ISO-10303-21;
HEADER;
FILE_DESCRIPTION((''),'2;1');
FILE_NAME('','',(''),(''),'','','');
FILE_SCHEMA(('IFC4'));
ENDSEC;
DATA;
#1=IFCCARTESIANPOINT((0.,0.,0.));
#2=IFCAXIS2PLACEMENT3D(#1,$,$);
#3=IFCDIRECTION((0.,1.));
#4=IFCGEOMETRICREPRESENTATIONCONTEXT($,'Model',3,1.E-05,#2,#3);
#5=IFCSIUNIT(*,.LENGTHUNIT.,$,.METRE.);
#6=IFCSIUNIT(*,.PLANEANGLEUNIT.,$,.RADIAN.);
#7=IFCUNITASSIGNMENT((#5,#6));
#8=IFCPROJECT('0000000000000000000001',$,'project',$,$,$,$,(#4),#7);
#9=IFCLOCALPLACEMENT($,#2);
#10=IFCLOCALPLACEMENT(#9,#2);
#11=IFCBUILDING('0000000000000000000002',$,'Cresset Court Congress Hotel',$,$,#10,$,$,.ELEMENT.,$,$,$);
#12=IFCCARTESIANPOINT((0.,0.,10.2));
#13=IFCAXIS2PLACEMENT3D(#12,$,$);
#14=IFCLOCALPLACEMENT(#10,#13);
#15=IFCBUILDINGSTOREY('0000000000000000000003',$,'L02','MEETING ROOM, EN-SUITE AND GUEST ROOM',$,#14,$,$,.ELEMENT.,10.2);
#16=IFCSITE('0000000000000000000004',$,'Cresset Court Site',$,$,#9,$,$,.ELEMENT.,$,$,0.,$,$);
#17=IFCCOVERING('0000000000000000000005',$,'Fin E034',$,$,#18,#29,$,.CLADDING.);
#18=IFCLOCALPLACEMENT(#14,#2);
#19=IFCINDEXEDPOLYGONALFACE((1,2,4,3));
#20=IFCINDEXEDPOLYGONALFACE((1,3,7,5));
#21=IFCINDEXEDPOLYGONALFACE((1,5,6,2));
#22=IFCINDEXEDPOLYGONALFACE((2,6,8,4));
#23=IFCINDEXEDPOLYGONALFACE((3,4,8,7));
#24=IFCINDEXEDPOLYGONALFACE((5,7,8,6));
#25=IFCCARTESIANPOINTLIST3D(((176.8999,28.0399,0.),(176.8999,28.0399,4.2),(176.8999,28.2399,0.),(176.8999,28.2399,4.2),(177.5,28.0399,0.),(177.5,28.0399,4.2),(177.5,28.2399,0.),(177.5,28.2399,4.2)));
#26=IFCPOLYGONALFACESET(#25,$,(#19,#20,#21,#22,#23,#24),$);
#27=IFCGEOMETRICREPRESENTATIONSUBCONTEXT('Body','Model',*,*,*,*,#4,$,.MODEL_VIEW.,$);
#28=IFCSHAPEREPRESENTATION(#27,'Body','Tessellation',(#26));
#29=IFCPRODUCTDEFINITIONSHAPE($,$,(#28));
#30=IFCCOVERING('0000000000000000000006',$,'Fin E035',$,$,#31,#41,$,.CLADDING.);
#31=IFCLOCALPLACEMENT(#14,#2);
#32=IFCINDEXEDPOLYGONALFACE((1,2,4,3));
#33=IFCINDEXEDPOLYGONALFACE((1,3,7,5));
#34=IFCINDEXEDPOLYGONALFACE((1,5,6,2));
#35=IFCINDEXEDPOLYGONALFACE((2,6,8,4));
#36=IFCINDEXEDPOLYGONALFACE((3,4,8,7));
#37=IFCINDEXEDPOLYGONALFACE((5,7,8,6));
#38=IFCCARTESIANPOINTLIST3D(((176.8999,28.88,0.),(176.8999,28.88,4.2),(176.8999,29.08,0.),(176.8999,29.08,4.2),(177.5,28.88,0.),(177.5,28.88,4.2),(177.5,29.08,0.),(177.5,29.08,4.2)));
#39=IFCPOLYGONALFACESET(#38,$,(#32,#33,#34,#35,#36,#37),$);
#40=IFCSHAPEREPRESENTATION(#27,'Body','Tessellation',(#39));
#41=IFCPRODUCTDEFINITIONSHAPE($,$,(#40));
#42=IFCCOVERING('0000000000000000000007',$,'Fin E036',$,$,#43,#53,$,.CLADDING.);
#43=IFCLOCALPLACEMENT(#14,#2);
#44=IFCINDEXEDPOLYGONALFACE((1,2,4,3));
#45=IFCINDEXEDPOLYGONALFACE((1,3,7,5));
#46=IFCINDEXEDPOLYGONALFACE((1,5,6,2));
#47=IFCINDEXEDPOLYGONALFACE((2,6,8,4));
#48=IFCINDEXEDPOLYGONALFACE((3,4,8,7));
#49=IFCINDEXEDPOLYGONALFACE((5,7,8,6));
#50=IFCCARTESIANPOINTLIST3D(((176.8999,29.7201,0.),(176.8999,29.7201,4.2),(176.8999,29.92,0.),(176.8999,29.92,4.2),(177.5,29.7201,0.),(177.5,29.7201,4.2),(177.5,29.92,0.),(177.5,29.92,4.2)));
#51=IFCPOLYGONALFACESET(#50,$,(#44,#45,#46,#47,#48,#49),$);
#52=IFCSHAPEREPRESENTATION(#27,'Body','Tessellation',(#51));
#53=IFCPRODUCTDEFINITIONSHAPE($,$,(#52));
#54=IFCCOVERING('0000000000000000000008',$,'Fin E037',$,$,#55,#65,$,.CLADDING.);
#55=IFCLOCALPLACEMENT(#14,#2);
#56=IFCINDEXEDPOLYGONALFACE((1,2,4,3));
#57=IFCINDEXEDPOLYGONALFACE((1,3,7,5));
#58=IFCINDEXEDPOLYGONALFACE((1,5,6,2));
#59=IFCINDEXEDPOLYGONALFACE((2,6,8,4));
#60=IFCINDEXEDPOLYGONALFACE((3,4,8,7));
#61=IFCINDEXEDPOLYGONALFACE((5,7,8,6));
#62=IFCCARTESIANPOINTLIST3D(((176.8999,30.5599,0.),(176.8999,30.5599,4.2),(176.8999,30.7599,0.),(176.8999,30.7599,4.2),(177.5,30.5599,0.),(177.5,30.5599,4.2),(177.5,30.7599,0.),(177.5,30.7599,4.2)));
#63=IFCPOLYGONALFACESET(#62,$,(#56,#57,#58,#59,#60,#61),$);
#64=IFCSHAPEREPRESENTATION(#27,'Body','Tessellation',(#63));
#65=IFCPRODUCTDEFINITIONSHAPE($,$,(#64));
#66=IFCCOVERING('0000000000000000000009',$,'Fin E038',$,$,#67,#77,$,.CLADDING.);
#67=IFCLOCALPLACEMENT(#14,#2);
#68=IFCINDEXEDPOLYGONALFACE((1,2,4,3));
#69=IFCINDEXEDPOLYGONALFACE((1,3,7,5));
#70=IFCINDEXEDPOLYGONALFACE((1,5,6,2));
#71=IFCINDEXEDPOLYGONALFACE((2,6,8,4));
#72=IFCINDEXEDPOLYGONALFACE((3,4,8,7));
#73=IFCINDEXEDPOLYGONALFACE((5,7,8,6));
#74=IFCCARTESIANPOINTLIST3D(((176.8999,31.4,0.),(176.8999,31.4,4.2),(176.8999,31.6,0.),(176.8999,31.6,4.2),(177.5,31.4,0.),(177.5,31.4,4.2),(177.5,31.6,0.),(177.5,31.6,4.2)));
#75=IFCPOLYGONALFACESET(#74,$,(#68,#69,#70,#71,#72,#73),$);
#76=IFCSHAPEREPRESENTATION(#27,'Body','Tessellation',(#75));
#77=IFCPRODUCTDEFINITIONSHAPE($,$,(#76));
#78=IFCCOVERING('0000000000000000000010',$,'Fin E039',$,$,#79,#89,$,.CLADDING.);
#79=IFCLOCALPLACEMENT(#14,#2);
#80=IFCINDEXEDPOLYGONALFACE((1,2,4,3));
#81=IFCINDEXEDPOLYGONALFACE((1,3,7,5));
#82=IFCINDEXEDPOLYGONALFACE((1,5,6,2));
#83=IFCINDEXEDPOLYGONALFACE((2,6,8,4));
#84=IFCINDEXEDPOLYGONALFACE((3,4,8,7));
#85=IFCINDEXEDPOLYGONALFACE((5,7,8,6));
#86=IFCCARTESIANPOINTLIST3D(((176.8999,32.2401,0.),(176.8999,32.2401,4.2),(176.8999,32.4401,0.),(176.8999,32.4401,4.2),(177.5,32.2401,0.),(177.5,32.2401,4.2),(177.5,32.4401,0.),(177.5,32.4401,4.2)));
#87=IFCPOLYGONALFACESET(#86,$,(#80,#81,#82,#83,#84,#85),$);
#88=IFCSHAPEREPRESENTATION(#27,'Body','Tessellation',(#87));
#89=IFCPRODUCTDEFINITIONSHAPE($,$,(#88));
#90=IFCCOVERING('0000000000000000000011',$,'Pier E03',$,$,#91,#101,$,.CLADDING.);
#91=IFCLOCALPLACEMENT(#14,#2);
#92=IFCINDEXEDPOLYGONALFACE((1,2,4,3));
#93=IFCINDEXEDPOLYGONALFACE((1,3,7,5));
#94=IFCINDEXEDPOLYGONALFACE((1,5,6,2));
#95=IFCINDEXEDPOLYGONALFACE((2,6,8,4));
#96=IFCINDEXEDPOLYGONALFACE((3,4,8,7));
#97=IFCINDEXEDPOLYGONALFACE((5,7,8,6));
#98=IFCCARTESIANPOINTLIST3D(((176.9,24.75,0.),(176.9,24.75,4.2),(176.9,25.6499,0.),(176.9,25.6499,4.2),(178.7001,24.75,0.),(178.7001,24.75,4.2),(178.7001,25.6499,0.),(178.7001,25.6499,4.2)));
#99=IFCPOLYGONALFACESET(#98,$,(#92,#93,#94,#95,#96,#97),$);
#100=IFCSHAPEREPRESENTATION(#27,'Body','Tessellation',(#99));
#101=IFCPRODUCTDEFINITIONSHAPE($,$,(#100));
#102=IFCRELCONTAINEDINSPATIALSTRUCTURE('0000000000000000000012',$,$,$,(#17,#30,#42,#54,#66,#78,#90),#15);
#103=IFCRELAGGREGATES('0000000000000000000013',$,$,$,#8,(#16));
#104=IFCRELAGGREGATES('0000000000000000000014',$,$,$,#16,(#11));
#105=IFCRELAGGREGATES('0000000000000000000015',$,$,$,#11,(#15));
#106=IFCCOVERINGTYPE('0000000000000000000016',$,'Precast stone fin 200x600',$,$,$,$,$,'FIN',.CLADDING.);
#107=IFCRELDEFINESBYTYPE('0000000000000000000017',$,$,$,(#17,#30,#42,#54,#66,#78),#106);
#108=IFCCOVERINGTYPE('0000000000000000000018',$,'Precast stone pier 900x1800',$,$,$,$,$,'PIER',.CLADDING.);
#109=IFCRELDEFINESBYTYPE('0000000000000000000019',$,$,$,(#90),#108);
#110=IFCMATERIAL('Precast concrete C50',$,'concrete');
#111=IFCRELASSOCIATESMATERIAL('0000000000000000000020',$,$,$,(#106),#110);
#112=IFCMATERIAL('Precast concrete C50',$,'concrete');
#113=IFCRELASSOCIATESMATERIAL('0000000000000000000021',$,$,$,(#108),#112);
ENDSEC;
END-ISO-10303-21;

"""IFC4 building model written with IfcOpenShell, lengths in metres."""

from ifc_helpers import new_model, si_unit, direction, frame, origin, origin_2d, place, context, subcontext, project, spatial, rectangle, extrude, material, type_object, element, save


model = new_model("IFC4")

# Units and contexts
model_context = context("Model", 3, precision=1e-05, world=origin(), true_north=direction((0.0, 1.0)))
body_context = subcontext(model_context, "Body", "Model", "MODEL_VIEW")
ifc_project = project(units=[si_unit("LENGTHUNIT", "METRE"), si_unit("PLANEANGLEUNIT", "RADIAN")], contexts=[model_context])

# Site, building, storey
site_placement = place(None, origin())
site = spatial("IfcSite", under=ifc_project, at=site_placement, Name="Cresset Court Site", CompositionType="ELEMENT", RefElevation=0.0)
building_placement = place(site_placement, origin())
building = spatial("IfcBuilding", under=site, at=building_placement, Name="Cresset Court Congress Hotel", CompositionType="ELEMENT")
storey_placement = place(building_placement, frame((0.0, 0.0, 10.2)))
storey = spatial("IfcBuildingStorey", under=building, at=storey_placement, Name="L02", Description="MEETING ROOM, EN-SUITE AND GUEST ROOM", CompositionType="ELEMENT", Elevation=10.2)

# Coverings
ifc_material_1 = material(Name="Precast concrete C50", Category="concrete")
covering_type_1 = type_object("IfcCoveringType", Name="Precast stone fin 200x600", ElementType="FIN", PredefinedType="CLADDING", material=ifc_material_1)
for number, where, z_axis, x_axis, name in (
    (1, (177.2, 28.1399, 0.0), (0.0, 0.0, 1.0), (1.0, 0.0, 0.0), "Fin E034"),
    (2, (177.2, 28.98, 0.0), (0.0, 0.0, 1.0), (1.0, 0.0, 0.0), "Fin E035"),
    (3, (177.2, 29.8201, 0.0), (0.0, 0.0, 1.0), (1.0, 0.0, 0.0), "Fin E036"),
    (4, (177.2, 30.6599, 0.0), (0.0, 0.0, 1.0), (1.0, 0.0, 0.0), "Fin E037"),
    (5, (177.2, 31.5, 0.0), (0.0, 0.0, 1.0), (1.0, 0.0, 0.0), "Fin E038"),
    (6, (177.2, 32.3401, 0.0), (0.0, 0.0, 1.0), (1.0, 0.0, 0.0), "Fin E039"),
):
    element("IfcCovering", number, at=place(storey_placement, frame(where, z_axis=z_axis, x_axis=x_axis)), inside=storey, type_object=covering_type_1, Name=name, PredefinedType="CLADDING", context=body_context, shape_type="SweptSolid", body=[
        extrude(rectangle(XDim=0.6001, YDim=0.2, at=origin_2d()), origin(), (0.0, 0.0, 1.0), 4.2),
    ])
ifc_material_2 = material(Name="Precast concrete C50", Category="concrete")
covering_type_2 = type_object("IfcCoveringType", Name="Precast stone pier 900x1800", ElementType="PIER", PredefinedType="CLADDING", material=ifc_material_2)
covering_placement = place(storey_placement, frame((177.8, 25.2, 0.0), z_axis=(0.0, 0.0, 1.0), x_axis=(1.0, 0.0, 0.0)))
element("IfcCovering", 7, at=covering_placement, inside=storey, type_object=covering_type_2, Name="Pier E03", PredefinedType="CLADDING", context=body_context, shape_type="SweptSolid", body=[
    extrude(rectangle(XDim=1.8, YDim=0.8999, at=origin_2d()), origin(), (0.0, 0.0, 1.0), 4.2),
])

save(model, "model.ifc")
